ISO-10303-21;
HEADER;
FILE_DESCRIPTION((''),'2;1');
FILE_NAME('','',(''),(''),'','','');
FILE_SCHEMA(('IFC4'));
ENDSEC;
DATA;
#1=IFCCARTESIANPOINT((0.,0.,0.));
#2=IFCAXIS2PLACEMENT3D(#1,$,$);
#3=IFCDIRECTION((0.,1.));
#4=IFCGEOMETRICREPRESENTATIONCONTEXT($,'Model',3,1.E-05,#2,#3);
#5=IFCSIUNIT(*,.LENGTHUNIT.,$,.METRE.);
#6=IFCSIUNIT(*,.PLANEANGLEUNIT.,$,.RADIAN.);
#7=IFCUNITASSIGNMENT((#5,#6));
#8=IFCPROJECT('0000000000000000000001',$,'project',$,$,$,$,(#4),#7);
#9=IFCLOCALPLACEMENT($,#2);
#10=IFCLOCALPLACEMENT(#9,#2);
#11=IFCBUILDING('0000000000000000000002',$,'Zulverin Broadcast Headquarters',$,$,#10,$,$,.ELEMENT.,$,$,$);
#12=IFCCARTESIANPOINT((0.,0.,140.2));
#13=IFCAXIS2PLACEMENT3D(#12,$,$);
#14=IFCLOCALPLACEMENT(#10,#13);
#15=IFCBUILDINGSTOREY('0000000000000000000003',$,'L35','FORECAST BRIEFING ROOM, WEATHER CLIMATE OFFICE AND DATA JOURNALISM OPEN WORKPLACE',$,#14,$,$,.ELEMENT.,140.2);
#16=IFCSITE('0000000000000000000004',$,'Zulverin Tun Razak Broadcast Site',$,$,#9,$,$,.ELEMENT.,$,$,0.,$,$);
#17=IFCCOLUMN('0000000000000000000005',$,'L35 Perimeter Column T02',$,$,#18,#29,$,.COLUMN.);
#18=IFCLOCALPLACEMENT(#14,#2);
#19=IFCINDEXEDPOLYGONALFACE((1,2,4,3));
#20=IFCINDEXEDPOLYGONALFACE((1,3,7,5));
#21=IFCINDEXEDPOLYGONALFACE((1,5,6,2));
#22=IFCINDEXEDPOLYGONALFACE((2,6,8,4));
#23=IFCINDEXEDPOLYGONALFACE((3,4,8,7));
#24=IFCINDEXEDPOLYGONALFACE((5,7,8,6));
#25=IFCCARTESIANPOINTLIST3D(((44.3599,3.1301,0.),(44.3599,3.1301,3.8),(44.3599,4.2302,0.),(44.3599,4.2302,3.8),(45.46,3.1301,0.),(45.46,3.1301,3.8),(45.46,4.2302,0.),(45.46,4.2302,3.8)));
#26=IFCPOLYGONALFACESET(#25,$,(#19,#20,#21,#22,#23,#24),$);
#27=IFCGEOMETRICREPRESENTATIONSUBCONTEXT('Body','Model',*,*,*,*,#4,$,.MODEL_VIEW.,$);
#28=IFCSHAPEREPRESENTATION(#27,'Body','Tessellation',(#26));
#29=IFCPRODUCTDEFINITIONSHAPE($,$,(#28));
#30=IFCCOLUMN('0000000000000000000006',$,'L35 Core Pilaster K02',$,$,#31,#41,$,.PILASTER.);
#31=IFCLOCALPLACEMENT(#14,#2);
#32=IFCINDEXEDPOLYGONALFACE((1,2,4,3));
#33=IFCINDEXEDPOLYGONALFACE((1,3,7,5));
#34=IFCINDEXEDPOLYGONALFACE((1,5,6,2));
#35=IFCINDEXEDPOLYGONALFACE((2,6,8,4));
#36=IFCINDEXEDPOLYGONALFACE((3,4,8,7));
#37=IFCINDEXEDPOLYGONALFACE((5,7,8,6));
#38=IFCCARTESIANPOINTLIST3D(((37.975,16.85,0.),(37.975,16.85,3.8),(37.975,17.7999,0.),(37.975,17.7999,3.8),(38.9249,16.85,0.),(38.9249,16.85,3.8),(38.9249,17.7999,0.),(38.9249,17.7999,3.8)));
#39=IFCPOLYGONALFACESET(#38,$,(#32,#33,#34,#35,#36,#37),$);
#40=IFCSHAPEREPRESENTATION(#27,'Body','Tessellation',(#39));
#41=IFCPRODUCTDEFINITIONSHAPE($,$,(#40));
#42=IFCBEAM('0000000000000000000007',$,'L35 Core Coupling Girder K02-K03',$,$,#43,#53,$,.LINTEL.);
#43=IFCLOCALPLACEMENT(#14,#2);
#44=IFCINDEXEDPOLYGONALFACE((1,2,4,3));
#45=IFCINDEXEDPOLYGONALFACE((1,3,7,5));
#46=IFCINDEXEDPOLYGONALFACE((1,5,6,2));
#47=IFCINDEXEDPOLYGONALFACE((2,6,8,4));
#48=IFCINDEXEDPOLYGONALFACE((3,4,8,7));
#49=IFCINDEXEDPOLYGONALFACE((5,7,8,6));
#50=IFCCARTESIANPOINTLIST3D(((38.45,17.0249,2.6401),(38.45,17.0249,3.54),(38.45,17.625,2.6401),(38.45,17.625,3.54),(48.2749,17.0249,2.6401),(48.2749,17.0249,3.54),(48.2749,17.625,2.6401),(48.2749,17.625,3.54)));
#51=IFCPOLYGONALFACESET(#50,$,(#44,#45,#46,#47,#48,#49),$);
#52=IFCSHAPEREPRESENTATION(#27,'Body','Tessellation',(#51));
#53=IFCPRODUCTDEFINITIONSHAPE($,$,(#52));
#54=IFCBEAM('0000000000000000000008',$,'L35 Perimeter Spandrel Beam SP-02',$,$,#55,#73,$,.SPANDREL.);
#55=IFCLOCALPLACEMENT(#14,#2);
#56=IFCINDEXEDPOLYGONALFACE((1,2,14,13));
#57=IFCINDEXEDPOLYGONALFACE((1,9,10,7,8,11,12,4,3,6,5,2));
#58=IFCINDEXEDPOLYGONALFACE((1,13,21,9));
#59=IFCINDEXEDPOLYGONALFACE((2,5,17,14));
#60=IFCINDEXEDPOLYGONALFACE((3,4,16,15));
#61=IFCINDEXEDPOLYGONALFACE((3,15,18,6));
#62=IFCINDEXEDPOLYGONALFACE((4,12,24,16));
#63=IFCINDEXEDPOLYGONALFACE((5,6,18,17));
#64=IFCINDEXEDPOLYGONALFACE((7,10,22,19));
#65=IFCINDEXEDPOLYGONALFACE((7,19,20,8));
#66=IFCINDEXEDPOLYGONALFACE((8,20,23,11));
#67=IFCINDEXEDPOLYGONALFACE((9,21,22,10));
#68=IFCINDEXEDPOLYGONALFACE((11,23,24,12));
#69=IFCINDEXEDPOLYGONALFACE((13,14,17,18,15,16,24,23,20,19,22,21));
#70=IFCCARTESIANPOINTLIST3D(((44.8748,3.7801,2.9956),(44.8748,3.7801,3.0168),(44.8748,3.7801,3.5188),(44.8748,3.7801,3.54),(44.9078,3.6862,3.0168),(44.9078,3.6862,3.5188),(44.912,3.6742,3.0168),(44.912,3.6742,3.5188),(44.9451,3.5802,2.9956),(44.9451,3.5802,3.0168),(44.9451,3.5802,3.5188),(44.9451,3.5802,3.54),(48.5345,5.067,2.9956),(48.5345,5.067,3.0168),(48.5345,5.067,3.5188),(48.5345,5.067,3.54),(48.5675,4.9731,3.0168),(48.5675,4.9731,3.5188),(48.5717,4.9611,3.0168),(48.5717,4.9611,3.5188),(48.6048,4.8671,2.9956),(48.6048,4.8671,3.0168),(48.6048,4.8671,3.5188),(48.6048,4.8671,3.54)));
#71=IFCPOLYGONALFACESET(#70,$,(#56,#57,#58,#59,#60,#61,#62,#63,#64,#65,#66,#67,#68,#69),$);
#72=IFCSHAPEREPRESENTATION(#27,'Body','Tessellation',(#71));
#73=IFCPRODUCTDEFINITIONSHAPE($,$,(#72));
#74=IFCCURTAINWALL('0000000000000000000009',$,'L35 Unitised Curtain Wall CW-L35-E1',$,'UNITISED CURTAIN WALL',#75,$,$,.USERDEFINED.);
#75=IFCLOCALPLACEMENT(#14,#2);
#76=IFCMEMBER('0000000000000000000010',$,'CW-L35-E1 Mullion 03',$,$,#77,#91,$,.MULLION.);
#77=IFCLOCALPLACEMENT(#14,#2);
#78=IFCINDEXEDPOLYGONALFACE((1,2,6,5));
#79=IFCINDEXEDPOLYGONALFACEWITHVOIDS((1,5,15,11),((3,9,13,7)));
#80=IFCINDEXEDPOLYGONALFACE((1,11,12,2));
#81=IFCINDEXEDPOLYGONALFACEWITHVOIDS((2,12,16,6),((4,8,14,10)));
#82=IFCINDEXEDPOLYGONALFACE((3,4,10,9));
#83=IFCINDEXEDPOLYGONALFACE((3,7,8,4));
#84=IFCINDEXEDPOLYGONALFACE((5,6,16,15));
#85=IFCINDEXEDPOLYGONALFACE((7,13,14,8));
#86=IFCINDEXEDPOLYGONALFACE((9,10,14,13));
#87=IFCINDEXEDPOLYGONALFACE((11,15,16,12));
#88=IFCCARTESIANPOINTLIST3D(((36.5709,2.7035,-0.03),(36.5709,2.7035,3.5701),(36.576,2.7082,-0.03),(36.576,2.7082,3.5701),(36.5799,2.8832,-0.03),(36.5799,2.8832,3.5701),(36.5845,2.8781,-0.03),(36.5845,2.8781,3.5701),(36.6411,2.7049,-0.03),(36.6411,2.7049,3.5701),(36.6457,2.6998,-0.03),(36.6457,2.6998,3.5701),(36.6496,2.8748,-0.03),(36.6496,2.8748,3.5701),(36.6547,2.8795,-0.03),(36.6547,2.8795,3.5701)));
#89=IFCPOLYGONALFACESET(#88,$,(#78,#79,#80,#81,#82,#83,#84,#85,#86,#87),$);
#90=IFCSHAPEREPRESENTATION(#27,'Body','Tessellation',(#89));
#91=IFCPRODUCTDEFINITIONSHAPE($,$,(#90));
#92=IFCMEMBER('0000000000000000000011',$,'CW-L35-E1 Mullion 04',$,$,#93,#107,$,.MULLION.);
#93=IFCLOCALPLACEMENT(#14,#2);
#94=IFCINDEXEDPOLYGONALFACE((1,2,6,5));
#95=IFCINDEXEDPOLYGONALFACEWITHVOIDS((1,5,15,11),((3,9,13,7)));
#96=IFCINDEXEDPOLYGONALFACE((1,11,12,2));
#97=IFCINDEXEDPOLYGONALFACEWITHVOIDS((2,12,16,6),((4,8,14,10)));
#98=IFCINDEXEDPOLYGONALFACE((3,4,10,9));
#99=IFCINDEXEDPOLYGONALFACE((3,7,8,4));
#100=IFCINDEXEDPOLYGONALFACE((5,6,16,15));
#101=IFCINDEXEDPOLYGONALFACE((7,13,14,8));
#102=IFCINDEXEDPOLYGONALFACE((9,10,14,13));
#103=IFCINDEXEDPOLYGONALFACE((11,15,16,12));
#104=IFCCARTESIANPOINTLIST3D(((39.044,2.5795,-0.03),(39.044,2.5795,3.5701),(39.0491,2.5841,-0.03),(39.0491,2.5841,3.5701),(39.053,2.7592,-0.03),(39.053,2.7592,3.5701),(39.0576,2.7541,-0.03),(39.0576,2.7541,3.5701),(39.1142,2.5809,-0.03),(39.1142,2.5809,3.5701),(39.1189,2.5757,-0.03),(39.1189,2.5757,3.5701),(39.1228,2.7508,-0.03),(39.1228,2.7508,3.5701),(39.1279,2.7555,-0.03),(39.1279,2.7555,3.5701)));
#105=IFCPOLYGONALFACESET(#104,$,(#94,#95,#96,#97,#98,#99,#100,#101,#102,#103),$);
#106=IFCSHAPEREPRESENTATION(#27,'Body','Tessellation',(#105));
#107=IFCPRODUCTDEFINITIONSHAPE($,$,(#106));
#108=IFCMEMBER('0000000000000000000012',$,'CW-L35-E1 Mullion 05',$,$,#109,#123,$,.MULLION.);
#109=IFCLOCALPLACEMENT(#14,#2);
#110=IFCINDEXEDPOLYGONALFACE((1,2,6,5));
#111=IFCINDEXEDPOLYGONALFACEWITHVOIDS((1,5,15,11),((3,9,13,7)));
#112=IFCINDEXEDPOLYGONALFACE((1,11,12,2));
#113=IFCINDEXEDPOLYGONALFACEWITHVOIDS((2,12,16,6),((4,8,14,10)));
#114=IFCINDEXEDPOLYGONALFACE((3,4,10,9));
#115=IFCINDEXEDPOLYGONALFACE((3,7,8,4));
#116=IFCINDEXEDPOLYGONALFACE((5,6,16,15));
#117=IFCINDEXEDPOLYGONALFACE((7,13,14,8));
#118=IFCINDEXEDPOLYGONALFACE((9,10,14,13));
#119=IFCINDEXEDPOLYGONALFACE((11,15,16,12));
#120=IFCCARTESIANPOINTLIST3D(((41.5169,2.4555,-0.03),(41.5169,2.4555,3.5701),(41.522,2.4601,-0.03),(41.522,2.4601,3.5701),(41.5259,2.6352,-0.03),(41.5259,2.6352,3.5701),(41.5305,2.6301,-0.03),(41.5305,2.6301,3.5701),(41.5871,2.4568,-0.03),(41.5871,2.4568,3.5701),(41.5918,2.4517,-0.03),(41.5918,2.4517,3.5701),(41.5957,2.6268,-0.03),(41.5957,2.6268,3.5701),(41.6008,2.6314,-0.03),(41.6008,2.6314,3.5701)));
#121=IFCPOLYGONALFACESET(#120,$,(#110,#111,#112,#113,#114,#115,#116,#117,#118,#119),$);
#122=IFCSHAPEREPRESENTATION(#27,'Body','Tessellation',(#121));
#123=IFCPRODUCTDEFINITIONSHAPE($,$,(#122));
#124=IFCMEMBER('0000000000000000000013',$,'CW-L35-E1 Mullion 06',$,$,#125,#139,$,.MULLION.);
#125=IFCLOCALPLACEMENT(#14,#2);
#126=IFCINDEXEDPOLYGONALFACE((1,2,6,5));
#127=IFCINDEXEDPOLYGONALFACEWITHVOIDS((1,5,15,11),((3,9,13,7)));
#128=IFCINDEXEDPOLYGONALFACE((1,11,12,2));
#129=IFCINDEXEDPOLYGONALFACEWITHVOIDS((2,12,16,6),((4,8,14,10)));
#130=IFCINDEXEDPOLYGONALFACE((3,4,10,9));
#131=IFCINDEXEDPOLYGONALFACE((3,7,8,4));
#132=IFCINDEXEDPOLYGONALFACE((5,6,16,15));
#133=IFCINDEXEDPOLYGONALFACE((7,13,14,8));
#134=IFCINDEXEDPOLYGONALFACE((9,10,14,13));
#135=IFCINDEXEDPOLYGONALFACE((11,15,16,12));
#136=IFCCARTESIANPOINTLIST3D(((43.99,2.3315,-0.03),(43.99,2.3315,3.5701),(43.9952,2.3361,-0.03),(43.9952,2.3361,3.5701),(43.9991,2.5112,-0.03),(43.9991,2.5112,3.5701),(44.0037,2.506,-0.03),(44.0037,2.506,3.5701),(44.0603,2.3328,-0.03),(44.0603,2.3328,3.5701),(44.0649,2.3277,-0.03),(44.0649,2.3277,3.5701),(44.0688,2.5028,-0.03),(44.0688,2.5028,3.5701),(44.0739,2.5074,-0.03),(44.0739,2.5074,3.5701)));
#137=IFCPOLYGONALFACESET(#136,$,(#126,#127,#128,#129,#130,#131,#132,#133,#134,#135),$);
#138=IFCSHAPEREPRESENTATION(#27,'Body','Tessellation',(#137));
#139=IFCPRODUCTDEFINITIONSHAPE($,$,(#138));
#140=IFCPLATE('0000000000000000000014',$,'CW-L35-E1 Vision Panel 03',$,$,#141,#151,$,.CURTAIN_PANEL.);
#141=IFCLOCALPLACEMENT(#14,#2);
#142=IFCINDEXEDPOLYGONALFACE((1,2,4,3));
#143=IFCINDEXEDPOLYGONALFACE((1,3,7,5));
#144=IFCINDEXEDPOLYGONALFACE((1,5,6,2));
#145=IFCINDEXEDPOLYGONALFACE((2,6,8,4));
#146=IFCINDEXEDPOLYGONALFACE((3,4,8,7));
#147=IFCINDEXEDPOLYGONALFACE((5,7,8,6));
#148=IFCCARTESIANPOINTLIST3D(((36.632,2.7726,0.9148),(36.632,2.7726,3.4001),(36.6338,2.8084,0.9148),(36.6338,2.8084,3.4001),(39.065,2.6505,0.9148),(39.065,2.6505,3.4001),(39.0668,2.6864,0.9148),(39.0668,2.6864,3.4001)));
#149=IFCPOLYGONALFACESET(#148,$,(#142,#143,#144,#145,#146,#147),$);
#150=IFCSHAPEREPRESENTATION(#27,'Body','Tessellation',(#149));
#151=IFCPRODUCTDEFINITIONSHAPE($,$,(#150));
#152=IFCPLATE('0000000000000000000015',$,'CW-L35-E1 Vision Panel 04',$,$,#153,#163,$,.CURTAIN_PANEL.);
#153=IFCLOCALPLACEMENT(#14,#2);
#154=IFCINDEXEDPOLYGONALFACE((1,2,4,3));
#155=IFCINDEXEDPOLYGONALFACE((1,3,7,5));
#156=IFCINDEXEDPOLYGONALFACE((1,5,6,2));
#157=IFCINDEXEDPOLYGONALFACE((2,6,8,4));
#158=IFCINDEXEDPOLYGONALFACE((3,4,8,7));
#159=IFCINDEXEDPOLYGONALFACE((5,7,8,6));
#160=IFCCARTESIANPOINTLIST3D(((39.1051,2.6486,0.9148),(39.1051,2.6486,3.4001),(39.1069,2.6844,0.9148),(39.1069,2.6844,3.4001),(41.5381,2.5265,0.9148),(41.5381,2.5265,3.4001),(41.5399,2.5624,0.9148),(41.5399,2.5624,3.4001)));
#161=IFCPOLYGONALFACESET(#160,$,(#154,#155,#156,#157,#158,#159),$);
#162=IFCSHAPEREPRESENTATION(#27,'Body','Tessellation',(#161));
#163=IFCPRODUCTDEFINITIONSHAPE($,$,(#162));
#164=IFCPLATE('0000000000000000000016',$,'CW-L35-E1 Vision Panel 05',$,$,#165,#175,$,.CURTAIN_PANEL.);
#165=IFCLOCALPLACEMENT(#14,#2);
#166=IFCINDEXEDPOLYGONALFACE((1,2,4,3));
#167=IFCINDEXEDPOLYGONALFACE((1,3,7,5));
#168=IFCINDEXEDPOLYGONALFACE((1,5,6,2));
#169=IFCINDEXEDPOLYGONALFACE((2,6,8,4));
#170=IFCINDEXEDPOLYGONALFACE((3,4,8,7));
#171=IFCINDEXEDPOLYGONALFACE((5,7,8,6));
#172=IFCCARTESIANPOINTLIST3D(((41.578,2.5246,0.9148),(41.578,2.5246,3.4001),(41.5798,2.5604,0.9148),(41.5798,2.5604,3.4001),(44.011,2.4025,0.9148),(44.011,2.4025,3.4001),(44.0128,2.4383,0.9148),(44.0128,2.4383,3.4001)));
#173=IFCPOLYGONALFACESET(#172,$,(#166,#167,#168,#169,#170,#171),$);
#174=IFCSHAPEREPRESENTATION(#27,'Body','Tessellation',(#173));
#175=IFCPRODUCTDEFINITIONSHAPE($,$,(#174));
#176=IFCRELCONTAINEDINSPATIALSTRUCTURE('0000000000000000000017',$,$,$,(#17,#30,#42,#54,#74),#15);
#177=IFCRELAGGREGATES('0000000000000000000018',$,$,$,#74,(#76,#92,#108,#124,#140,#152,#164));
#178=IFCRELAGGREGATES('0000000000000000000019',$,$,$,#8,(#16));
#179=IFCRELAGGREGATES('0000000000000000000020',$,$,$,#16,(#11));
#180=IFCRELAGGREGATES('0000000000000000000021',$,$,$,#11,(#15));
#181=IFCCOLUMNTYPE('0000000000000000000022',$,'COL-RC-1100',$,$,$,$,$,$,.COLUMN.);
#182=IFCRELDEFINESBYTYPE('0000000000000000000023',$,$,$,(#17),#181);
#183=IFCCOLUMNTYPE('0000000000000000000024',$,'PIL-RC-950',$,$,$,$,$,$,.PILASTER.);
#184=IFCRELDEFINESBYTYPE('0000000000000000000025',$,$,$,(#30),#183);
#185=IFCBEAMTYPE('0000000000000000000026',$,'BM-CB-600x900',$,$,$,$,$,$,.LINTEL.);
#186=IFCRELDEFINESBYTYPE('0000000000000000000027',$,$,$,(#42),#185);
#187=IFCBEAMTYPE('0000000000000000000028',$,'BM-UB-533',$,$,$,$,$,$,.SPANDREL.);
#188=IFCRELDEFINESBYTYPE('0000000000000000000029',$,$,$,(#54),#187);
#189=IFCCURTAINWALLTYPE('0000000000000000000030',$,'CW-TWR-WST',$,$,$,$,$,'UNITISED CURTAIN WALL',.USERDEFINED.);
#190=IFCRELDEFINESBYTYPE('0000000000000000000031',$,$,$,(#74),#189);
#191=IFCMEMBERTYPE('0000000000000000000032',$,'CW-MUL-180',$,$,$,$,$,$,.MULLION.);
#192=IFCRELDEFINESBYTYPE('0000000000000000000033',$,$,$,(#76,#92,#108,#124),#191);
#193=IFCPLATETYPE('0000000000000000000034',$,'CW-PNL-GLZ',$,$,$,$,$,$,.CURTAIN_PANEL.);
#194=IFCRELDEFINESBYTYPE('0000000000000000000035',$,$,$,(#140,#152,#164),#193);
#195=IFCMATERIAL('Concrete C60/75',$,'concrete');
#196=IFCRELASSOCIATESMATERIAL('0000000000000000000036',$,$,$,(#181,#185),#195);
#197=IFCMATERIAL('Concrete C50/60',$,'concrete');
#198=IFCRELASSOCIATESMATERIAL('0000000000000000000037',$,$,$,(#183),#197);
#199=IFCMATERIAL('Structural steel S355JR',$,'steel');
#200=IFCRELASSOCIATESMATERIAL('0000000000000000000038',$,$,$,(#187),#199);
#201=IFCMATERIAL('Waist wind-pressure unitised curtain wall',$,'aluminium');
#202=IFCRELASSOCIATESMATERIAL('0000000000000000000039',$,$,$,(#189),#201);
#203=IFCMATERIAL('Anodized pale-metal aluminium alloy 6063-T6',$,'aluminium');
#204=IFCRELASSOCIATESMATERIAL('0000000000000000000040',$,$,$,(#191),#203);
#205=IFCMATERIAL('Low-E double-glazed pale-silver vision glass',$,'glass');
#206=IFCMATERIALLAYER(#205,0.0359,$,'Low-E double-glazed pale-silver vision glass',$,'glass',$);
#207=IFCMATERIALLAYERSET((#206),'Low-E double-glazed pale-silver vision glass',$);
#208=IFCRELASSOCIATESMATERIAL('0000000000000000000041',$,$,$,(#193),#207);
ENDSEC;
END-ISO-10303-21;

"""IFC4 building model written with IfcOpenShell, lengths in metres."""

from ifc_helpers import new_model, si_unit, direction, frame, origin, origin_2d, place, context, subcontext, project, spatial, rectangle, hollow_rectangle, i_section, extrude, material, layer, layer_set, material_profile, profile_set, type_object, element, aggregate, save


model = new_model("IFC4")

# Units and contexts
model_context = context("Model", 3, precision=1e-05, world=origin(), true_north=direction((0.0, 1.0)))
body_context = subcontext(model_context, "Body", "Model", "MODEL_VIEW")
ifc_project = project(units=[si_unit("LENGTHUNIT", "METRE"), si_unit("PLANEANGLEUNIT", "RADIAN")], contexts=[model_context])

# Site, building, storey
site_placement = place(None, origin())
site = spatial("IfcSite", under=ifc_project, at=site_placement, Name="Zulverin Tun Razak Broadcast Site", CompositionType="ELEMENT", RefElevation=0.0)
building_placement = place(site_placement, origin())
building = spatial("IfcBuilding", under=site, at=building_placement, Name="Zulverin Broadcast Headquarters", CompositionType="ELEMENT")
storey_placement = place(building_placement, frame((0.0, 0.0, 140.2)))
storey = spatial("IfcBuildingStorey", under=building, at=storey_placement, Name="L35", Description="FORECAST BRIEFING ROOM, WEATHER CLIMATE OFFICE AND DATA JOURNALISM OPEN WORKPLACE", CompositionType="ELEMENT", Elevation=140.2)

# Columns
ifc_material_1 = material(Name="Concrete C60/75", Category="concrete")
ifc_material_profile_1 = material_profile(ifc_material_1, rectangle(XDim=1.1001, YDim=1.1001, at=origin_2d()), Name="Concrete C60/75", Category="concrete")
ifc_profile_set_1 = profile_set([ifc_material_profile_1], Name="Concrete C60/75")
column_type_1 = type_object("IfcColumnType", Name="COL-RC-1100", PredefinedType="COLUMN", material=ifc_profile_set_1)
column_1_placement = place(storey_placement, frame((44.9099, 3.6802, 0.0), z_axis=(0.0, 0.0, 1.0), x_axis=(1.0, 0.0, 0.0)))
element("IfcColumn", 1, at=column_1_placement, inside=storey, type_object=column_type_1, Name="L35 Perimeter Column T02", PredefinedType="COLUMN", context=body_context, shape_type="SweptSolid", body=[
    extrude(rectangle(XDim=1.1001, YDim=1.1001, at=origin_2d()), origin(), (0.0, 0.0, 1.0), 3.8),
])
ifc_material_2 = material(Name="Concrete C50/60", Category="concrete")
ifc_material_profile_2 = material_profile(ifc_material_2, rectangle(XDim=0.95, YDim=0.95, at=origin_2d()), Name="Concrete C50/60", Category="concrete")
ifc_profile_set_2 = profile_set([ifc_material_profile_2], Name="Concrete C50/60")
column_type_2 = type_object("IfcColumnType", Name="PIL-RC-950", PredefinedType="PILASTER", material=ifc_profile_set_2)
column_2_placement = place(storey_placement, frame((38.45, 17.325, 0.0), z_axis=(0.0, 0.0, 1.0), x_axis=(1.0, 0.0, 0.0)))
element("IfcColumn", 2, at=column_2_placement, inside=storey, type_object=column_type_2, Name="L35 Core Pilaster K02", PredefinedType="PILASTER", context=body_context, shape_type="SweptSolid", body=[
    extrude(rectangle(XDim=0.95, YDim=0.95, at=origin_2d()), origin(), (0.0, 0.0, 1.0), 3.8),
])

# Beams
ifc_material_profile_3 = material_profile(ifc_material_1, rectangle(XDim=0.6001, YDim=0.8999, at=origin_2d()), Name="Concrete C60/75", Category="concrete")
ifc_profile_set_3 = profile_set([ifc_material_profile_3], Name="Concrete C60/75")
beam_type_1 = type_object("IfcBeamType", Name="BM-CB-600x900", PredefinedType="LINTEL", material=ifc_profile_set_3)
beam_1_placement = place(storey_placement, frame((38.45, 17.325, 3.0901), z_axis=(1.0, 0.0, 0.0), x_axis=(0.0, 1.0, 0.0)))
element("IfcBeam", 3, at=beam_1_placement, inside=storey, type_object=beam_type_1, Name="L35 Core Coupling Girder K02-K03", PredefinedType="LINTEL", context=body_context, shape_type="SweptSolid", body=[
    extrude(rectangle(XDim=0.6001, YDim=0.8999, at=origin_2d()), origin(), (0.0, 0.0, 1.0), 9.825),
])
ifc_material_3 = material(Name="Structural steel S355JR", Category="steel")
ifc_material_profile_4 = material_profile(ifc_material_3, i_section(OverallWidth=0.2119, OverallDepth=0.5444, WebThickness=0.0127, FlangeThickness=0.0212, at=origin_2d()), Name="Structural steel S355JR", Category="steel")
ifc_profile_set_4 = profile_set([ifc_material_profile_4], Name="Structural steel S355JR")
beam_type_2 = type_object("IfcBeamType", Name="BM-UB-533", PredefinedType="SPANDREL", material=ifc_profile_set_4)
beam_2_placement = place(storey_placement, frame((44.9099, 3.6802, 3.2678), z_axis=(0.943377, 0.331724, 0.0), x_axis=(-0.331724, 0.943377, 0.0)))
element("IfcBeam", 4, at=beam_2_placement, inside=storey, type_object=beam_type_2, Name="L35 Perimeter Spandrel Beam SP-02", PredefinedType="SPANDREL", context=body_context, shape_type="SweptSolid", body=[
    extrude(i_section(OverallWidth=0.2119, OverallDepth=0.5444, WebThickness=0.0127, FlangeThickness=0.0212, at=origin_2d()), origin(), (0.0, 0.0, 1.0), 3.8794),
])

# Curtain wall, members, plates
ifc_material_4 = material(Name="Waist wind-pressure unitised curtain wall", Category="aluminium")
curtain_wall_type = type_object("IfcCurtainWallType", Name="CW-TWR-WST", ElementType="UNITISED CURTAIN WALL", PredefinedType="USERDEFINED", material=ifc_material_4)
curtain_wall_placement = place(storey_placement, origin())
curtain_wall = element("IfcCurtainWall", 5, at=curtain_wall_placement, inside=storey, type_object=curtain_wall_type, Name="L35 Unitised Curtain Wall CW-L35-E1", ObjectType="UNITISED CURTAIN WALL", PredefinedType="USERDEFINED")
ifc_material_5 = material(Name="Anodized pale-metal aluminium alloy 6063-T6", Category="aluminium")
ifc_material_profile_5 = material_profile(ifc_material_5, hollow_rectangle(XDim=0.075, YDim=0.1799, WallThickness=0.0049, at=origin_2d()), Name="Anodized pale-metal aluminium alloy 6063-T6", Category="aluminium")
ifc_profile_set_5 = profile_set([ifc_material_profile_5], Name="Anodized pale-metal aluminium alloy 6063-T6")
member_type = type_object("IfcMemberType", Name="CW-MUL-180", PredefinedType="MULLION", material=ifc_profile_set_5)
member_1_placement = place(storey_placement, frame((36.6128, 2.7915, -0.03), z_axis=(0.0, 0.0, 1.0), x_axis=(0.998744, -0.050107, 0.0)))
member_1 = element("IfcMember", 6, at=member_1_placement, type_object=member_type, Name="CW-L35-E1 Mullion 03", PredefinedType="MULLION", context=body_context, shape_type="SweptSolid", body=[
    extrude(hollow_rectangle(XDim=0.075, YDim=0.1799, WallThickness=0.0049, at=origin_2d()), origin(), (0.0, 0.0, 1.0), 3.6001),
])
member_2_placement = place(storey_placement, frame((39.0859, 2.6675, -0.03), z_axis=(0.0, 0.0, 1.0), x_axis=(0.998744, -0.050107, 0.0)))
member_2 = element("IfcMember", 7, at=member_2_placement, type_object=member_type, Name="CW-L35-E1 Mullion 04", PredefinedType="MULLION", context=body_context, shape_type="SweptSolid", body=[
    extrude(hollow_rectangle(XDim=0.075, YDim=0.1799, WallThickness=0.0049, at=origin_2d()), origin(), (0.0, 0.0, 1.0), 3.6001),
])
member_3_placement = place(storey_placement, frame((41.5588, 2.5435, -0.03), z_axis=(0.0, 0.0, 1.0), x_axis=(0.998744, -0.050107, 0.0)))
member_3 = element("IfcMember", 8, at=member_3_placement, type_object=member_type, Name="CW-L35-E1 Mullion 05", PredefinedType="MULLION", context=body_context, shape_type="SweptSolid", body=[
    extrude(hollow_rectangle(XDim=0.075, YDim=0.1799, WallThickness=0.0049, at=origin_2d()), origin(), (0.0, 0.0, 1.0), 3.6001),
])
member_4_placement = place(storey_placement, frame((44.032, 2.4194, -0.03), z_axis=(0.0, 0.0, 1.0), x_axis=(0.998744, -0.050107, 0.0)))
member_4 = element("IfcMember", 9, at=member_4_placement, type_object=member_type, Name="CW-L35-E1 Mullion 06", PredefinedType="MULLION", context=body_context, shape_type="SweptSolid", body=[
    extrude(hollow_rectangle(XDim=0.075, YDim=0.1799, WallThickness=0.0049, at=origin_2d()), origin(), (0.0, 0.0, 1.0), 3.6001),
])
ifc_material_6 = material(Name="Low-E double-glazed pale-silver vision glass", Category="glass")
ifc_layer_1 = layer(ifc_material_6, 0.0359, Name="Low-E double-glazed pale-silver vision glass", Category="glass")
ifc_layer_set_1 = layer_set([ifc_layer_1], Name="Low-E double-glazed pale-silver vision glass")
plate_type_1 = type_object("IfcPlateType", Name="CW-PNL-GLZ", PredefinedType="CURTAIN_PANEL", material=ifc_layer_set_1)
plate_1_placement = place(storey_placement, frame((37.8494, 2.7295, 0.9148), z_axis=(0.0, 0.0, 1.0), x_axis=(0.998744, -0.050107, 0.0)))
plate_1 = element("IfcPlate", 10, at=plate_1_placement, type_object=plate_type_1, Name="CW-L35-E1 Vision Panel 03", PredefinedType="CURTAIN_PANEL", context=body_context, shape_type="SweptSolid", body=[
    extrude(rectangle(XDim=2.436, YDim=0.0359, at=origin_2d()), origin(), (0.0, 0.0, 1.0), 2.4854),
])
plate_2_placement = place(storey_placement, frame((40.3225, 2.6055, 0.9148), z_axis=(0.0, 0.0, 1.0), x_axis=(0.998744, -0.050107, 0.0)))
plate_2 = element("IfcPlate", 11, at=plate_2_placement, type_object=plate_type_1, Name="CW-L35-E1 Vision Panel 04", PredefinedType="CURTAIN_PANEL", context=body_context, shape_type="SweptSolid", body=[
    extrude(rectangle(XDim=2.436, YDim=0.0359, at=origin_2d()), origin(), (0.0, 0.0, 1.0), 2.4854),
])
plate_3_placement = place(storey_placement, frame((42.7954, 2.4814, 0.9148), z_axis=(0.0, 0.0, 1.0), x_axis=(0.998744, -0.050107, 0.0)))
plate_3 = element("IfcPlate", 12, at=plate_3_placement, type_object=plate_type_1, Name="CW-L35-E1 Vision Panel 05", PredefinedType="CURTAIN_PANEL", context=body_context, shape_type="SweptSolid", body=[
    extrude(rectangle(XDim=2.436, YDim=0.0359, at=origin_2d()), origin(), (0.0, 0.0, 1.0), 2.4854),
])
aggregate(curtain_wall, [member_1, member_2, member_3, member_4, plate_1, plate_2, plate_3])

save(model, "model.ifc")
